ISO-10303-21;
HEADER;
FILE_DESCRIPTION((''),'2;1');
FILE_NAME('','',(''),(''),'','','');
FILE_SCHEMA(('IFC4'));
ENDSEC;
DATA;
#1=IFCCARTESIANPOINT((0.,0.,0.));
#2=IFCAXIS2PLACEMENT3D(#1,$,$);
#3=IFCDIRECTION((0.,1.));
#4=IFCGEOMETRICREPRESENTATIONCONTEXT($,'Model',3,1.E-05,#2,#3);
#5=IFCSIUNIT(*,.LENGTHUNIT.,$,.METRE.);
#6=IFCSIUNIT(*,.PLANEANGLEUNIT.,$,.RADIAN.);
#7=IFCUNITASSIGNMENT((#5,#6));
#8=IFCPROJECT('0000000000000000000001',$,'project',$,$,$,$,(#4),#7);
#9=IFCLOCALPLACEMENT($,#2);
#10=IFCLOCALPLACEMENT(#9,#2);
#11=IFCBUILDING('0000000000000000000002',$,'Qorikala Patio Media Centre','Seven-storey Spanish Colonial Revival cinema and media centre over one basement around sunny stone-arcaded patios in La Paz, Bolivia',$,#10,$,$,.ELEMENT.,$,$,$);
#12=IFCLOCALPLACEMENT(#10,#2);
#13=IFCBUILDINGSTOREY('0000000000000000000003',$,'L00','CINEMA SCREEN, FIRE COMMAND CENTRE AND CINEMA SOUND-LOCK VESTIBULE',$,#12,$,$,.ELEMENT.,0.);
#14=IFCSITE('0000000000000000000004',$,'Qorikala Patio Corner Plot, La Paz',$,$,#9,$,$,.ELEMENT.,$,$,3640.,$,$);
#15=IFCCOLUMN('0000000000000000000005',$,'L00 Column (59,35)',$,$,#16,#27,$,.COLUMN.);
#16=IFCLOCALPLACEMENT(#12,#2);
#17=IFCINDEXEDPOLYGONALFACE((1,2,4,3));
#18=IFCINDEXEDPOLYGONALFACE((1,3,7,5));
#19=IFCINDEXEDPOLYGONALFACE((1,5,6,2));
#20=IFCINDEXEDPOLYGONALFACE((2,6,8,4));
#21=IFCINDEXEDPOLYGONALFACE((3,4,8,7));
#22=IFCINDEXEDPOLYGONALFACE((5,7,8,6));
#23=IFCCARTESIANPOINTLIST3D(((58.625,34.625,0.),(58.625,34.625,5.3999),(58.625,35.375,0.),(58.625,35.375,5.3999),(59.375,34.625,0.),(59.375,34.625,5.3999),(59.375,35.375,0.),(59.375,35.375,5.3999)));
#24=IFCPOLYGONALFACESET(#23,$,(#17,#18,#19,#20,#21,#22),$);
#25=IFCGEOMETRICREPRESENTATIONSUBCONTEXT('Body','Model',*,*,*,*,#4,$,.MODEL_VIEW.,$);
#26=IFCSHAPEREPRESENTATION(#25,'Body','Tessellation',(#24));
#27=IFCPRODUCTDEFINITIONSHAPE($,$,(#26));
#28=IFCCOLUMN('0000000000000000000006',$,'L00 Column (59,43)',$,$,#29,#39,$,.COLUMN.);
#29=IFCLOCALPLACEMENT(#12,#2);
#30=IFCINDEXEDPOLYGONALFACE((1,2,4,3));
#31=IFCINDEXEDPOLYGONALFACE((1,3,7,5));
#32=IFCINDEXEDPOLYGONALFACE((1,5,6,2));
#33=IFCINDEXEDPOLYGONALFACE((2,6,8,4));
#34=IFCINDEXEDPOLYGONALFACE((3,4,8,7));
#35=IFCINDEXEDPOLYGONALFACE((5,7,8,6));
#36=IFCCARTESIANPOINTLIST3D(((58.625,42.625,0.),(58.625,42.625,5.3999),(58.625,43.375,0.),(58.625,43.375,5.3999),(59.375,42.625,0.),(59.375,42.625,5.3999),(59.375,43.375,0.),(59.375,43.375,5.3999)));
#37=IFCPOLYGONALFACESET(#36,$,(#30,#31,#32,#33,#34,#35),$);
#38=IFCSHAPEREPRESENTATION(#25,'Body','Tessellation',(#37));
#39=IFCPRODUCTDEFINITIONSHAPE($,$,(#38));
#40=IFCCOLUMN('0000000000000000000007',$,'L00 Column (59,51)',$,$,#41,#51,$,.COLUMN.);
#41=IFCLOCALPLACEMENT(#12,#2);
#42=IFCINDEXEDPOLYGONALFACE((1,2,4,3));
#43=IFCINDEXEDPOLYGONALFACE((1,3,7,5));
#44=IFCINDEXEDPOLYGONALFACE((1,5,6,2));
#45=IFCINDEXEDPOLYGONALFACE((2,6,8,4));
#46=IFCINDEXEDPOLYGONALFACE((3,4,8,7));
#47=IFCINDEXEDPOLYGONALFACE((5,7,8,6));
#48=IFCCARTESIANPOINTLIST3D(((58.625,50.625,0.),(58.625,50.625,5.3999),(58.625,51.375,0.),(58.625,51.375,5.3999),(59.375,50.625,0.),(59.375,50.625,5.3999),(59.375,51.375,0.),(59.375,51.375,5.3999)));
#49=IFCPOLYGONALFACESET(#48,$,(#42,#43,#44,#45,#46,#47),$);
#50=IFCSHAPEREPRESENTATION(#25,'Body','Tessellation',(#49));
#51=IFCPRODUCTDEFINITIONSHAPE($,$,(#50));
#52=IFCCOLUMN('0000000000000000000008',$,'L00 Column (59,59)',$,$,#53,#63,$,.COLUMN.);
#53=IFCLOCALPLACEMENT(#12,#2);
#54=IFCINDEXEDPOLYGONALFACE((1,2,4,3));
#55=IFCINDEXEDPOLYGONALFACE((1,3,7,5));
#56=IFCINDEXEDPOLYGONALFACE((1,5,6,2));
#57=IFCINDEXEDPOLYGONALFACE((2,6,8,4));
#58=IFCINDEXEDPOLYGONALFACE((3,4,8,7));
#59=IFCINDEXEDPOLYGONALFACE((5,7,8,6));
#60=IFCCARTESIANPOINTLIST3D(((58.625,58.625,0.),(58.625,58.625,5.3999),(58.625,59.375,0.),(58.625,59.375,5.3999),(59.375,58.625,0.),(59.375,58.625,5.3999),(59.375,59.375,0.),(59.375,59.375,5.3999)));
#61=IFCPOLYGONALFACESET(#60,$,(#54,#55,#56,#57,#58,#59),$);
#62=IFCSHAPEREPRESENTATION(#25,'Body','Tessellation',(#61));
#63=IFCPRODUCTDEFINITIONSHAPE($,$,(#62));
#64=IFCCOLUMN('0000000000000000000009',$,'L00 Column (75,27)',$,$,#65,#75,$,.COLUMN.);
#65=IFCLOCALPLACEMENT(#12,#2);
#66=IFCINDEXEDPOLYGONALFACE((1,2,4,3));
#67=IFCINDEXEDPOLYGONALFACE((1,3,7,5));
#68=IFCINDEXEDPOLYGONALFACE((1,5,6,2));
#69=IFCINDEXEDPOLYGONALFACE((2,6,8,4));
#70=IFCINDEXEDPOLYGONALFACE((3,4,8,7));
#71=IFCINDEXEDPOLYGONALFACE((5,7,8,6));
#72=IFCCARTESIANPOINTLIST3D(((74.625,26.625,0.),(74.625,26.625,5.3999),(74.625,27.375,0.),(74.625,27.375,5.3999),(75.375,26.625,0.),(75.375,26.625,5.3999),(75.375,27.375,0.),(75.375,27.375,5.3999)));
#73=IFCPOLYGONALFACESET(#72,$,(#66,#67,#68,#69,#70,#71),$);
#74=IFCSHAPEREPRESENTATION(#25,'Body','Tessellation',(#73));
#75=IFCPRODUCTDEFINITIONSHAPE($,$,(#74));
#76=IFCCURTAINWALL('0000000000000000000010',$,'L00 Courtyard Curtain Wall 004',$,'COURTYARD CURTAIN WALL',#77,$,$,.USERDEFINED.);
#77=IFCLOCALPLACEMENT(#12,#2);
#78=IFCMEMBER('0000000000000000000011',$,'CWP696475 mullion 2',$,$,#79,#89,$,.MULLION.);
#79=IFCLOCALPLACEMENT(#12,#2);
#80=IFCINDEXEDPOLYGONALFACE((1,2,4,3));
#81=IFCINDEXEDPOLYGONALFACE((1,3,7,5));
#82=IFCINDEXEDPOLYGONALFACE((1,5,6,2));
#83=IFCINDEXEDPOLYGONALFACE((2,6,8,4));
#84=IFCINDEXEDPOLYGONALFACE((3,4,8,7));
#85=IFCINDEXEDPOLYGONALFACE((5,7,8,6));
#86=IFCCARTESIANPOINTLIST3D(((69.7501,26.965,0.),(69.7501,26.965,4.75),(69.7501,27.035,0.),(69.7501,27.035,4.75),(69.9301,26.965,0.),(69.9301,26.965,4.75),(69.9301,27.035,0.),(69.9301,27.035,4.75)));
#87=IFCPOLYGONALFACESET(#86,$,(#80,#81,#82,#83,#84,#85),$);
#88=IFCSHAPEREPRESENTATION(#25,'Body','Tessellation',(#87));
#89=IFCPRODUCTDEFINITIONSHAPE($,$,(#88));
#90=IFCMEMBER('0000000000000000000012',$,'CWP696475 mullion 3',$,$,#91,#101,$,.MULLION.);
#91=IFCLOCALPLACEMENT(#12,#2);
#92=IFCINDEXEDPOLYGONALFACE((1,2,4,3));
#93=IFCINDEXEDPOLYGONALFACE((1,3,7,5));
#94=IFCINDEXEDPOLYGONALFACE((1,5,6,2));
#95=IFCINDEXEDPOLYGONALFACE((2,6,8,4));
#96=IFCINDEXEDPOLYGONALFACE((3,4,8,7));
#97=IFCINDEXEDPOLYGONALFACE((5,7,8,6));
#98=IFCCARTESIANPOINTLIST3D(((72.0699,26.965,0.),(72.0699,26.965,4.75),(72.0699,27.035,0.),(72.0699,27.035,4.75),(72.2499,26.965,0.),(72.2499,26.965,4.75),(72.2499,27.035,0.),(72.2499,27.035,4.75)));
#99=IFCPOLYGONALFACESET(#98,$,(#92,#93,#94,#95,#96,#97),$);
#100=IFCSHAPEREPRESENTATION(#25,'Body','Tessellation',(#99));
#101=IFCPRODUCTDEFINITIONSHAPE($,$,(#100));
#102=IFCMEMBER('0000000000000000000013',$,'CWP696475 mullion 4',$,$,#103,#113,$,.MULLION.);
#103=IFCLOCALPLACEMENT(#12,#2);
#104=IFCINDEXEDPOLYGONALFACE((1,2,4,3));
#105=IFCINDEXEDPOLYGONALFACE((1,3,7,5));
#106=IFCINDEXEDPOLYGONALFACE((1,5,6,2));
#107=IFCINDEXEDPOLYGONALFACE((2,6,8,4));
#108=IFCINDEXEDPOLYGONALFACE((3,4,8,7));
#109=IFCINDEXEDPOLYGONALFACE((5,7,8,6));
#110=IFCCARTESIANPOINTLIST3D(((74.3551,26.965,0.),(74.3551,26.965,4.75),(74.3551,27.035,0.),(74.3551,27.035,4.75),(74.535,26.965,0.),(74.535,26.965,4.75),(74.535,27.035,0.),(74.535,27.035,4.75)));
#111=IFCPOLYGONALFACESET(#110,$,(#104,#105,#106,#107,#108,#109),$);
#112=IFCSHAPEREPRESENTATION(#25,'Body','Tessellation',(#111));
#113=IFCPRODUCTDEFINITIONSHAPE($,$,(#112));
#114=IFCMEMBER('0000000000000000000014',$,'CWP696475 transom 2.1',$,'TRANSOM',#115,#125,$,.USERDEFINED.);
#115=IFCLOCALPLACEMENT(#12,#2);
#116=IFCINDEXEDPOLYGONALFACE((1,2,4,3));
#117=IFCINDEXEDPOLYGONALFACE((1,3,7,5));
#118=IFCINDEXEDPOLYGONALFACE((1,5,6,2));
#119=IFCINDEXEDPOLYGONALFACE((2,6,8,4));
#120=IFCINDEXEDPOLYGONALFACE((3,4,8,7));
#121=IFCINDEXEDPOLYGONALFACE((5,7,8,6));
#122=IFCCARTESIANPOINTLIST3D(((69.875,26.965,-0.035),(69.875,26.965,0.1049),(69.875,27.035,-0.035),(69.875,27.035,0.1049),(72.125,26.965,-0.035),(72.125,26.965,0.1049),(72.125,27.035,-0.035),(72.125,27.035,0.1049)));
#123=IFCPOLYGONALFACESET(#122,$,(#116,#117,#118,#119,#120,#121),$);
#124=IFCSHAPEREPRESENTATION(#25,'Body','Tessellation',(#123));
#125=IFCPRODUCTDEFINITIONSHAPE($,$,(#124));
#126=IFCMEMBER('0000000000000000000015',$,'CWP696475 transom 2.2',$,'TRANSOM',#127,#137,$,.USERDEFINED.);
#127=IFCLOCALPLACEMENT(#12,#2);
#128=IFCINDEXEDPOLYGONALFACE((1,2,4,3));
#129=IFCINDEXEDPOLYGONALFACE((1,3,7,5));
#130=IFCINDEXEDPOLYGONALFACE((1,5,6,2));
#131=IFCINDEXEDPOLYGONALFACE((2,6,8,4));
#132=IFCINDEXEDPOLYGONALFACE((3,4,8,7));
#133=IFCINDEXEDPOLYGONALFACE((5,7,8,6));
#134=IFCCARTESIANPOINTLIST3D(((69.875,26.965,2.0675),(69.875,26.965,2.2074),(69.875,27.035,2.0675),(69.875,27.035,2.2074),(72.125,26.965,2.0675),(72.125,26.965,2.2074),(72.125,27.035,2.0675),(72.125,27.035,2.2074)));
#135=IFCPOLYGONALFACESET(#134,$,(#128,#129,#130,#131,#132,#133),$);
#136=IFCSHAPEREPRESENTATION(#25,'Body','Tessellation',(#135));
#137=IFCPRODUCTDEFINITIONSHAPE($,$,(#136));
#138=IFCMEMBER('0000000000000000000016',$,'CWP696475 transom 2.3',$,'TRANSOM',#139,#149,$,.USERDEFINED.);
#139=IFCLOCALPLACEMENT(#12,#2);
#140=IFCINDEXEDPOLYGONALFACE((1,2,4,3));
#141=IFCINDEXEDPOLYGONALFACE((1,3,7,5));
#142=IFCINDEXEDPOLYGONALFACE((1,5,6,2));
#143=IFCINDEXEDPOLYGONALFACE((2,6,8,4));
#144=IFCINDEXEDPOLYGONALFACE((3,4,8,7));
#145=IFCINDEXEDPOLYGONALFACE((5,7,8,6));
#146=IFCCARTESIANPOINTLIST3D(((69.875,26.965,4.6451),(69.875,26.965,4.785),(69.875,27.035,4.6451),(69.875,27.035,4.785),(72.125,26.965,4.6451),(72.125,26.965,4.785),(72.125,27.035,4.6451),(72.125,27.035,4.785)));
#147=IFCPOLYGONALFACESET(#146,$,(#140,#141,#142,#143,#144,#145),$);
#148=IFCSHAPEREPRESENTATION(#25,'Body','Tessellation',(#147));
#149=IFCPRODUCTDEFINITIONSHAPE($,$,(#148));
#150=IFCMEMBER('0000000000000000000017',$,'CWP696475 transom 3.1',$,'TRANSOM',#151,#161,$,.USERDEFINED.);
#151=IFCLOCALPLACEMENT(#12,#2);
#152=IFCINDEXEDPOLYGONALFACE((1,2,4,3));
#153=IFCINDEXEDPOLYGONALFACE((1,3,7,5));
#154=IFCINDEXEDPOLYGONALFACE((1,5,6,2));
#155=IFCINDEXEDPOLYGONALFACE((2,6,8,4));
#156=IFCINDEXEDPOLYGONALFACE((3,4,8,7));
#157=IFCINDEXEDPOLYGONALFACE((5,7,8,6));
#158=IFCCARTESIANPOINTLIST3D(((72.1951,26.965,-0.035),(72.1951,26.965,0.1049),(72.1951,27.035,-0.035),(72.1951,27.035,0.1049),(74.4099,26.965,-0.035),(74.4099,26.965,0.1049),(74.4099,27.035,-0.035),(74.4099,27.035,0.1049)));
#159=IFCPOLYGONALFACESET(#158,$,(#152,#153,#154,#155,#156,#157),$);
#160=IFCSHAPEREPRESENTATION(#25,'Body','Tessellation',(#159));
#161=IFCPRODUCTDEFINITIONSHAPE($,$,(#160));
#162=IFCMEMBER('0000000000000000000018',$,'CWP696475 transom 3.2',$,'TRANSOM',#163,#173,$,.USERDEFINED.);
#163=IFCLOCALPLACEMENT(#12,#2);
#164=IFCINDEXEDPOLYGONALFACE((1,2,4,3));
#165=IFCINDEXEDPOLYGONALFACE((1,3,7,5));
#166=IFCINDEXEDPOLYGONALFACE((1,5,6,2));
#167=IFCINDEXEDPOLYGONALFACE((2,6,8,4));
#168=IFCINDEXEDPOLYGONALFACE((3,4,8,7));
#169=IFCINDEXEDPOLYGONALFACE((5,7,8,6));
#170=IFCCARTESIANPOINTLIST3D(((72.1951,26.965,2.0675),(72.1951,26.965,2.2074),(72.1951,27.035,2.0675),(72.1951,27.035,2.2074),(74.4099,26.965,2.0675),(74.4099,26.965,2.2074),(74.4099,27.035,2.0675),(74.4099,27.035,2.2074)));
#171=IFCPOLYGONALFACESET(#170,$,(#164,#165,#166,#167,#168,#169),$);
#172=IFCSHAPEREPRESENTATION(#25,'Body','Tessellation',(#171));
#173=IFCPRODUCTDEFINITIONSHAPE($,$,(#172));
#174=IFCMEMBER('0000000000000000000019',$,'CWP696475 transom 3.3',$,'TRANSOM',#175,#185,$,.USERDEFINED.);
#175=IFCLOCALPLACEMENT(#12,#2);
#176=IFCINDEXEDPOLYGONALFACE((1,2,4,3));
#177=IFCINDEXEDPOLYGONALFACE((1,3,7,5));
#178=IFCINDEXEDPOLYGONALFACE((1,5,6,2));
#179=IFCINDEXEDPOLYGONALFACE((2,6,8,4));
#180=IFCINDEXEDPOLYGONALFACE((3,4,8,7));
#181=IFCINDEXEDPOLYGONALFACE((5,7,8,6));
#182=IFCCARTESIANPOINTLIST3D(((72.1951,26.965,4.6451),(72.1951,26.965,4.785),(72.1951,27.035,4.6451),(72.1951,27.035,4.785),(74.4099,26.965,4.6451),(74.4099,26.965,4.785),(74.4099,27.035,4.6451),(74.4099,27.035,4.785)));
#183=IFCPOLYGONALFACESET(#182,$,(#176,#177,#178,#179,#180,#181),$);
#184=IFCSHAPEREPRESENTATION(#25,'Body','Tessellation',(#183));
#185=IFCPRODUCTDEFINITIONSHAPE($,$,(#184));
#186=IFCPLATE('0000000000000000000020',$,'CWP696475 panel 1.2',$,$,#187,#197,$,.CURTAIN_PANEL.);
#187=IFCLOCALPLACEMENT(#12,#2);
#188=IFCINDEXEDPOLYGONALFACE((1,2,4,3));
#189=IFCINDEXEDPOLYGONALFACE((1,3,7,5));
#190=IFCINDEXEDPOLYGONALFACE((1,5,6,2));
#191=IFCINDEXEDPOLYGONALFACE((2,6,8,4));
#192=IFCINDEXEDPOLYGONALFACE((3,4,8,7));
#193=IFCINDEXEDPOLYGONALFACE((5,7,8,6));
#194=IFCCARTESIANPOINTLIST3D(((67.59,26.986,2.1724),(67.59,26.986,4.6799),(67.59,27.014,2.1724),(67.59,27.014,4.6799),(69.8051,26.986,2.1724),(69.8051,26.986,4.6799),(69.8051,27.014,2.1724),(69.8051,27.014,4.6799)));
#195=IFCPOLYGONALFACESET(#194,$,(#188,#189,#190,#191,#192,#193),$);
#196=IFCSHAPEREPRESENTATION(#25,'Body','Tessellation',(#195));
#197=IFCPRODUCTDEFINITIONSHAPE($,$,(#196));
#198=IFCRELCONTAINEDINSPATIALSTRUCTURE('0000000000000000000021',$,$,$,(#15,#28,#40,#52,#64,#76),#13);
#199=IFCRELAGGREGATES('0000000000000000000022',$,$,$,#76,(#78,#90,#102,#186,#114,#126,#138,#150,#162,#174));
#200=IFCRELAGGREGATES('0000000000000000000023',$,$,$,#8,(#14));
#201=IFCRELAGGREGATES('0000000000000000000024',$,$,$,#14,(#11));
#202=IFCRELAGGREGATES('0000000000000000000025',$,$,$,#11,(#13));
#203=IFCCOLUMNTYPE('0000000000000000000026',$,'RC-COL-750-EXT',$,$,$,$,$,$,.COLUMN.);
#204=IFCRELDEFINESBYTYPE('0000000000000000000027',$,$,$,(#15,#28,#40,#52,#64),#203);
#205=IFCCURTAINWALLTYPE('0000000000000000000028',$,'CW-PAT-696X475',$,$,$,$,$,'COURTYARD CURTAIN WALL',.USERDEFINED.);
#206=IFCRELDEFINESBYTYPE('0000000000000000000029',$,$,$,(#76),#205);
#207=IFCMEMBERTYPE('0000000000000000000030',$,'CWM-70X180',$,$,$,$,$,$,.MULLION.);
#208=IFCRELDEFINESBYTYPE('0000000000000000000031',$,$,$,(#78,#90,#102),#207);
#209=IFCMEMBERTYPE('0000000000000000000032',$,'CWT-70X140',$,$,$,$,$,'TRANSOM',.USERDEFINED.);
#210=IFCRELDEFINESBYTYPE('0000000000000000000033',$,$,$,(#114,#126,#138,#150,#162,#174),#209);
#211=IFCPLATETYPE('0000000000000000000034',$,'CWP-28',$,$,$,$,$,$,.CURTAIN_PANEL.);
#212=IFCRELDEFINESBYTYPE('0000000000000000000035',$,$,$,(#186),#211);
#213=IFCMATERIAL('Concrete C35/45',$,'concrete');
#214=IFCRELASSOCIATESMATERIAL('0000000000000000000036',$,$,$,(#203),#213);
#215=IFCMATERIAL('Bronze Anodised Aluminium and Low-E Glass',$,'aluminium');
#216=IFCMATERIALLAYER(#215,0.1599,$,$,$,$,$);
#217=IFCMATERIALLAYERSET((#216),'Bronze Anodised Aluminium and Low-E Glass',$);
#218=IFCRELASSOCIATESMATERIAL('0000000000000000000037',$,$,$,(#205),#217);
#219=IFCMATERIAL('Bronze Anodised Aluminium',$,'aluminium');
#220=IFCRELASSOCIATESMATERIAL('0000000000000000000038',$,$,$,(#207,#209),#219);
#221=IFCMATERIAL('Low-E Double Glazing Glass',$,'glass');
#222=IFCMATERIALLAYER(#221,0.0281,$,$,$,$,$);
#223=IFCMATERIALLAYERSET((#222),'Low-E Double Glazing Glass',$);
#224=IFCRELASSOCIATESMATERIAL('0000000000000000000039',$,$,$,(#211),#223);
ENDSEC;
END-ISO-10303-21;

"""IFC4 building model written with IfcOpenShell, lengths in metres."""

from ifc_helpers import new_model, si_unit, direction, frame, origin, origin_2d, place, context, subcontext, project, spatial, rectangle, extrude, material, layer, layer_set, material_profile, profile_set, type_object, element, aggregate, save


model = new_model("IFC4")

# Units and contexts
model_context = context("Model", 3, precision=1e-05, world=origin(), true_north=direction((0.0, 1.0)))
body_context = subcontext(model_context, "Body", "Model", "MODEL_VIEW")
ifc_project = project(units=[si_unit("LENGTHUNIT", "METRE"), si_unit("PLANEANGLEUNIT", "RADIAN")], contexts=[model_context])

# Site, building, storey
site_placement = place(None, origin())
site = spatial("IfcSite", under=ifc_project, at=site_placement, Name="Qorikala Patio Corner Plot, La Paz", CompositionType="ELEMENT", RefElevation=3640.0)
building_placement = place(site_placement, origin())
building = spatial("IfcBuilding", under=site, at=building_placement, Name="Qorikala Patio Media Centre", Description="Seven-storey Spanish Colonial Revival cinema and media centre over one basement around sunny stone-arcaded patios in La Paz, Bolivia", CompositionType="ELEMENT")
storey_placement = place(building_placement, origin())
storey = spatial("IfcBuildingStorey", under=building, at=storey_placement, Name="L00", Description="CINEMA SCREEN, FIRE COMMAND CENTRE AND CINEMA SOUND-LOCK VESTIBULE", CompositionType="ELEMENT", Elevation=0.0)

# Columns
ifc_material_1 = material(Name="Concrete C35/45", Category="concrete")
ifc_material_profile_1 = material_profile(ifc_material_1, rectangle(XDim=0.75, YDim=0.75, at=origin_2d()), Name="RC 750x750")
ifc_profile_set_1 = profile_set([ifc_material_profile_1], Name="Concrete C35/45")
column_type = type_object("IfcColumnType", Name="RC-COL-750-EXT", PredefinedType="COLUMN", material=ifc_profile_set_1)
for number, where, z_axis, x_axis, name in (
    (1, (59.0, 35.0, 0.0), (0.0, 0.0, 1.0), (1.0, 0.0, 0.0), "L00 Column (59,35)"),
    (2, (59.0, 43.0, 0.0), (0.0, 0.0, 1.0), (1.0, 0.0, 0.0), "L00 Column (59,43)"),
    (3, (59.0, 51.0, 0.0), (0.0, 0.0, 1.0), (1.0, 0.0, 0.0), "L00 Column (59,51)"),
    (4, (59.0, 59.0, 0.0), (0.0, 0.0, 1.0), (1.0, 0.0, 0.0), "L00 Column (59,59)"),
    (5, (75.0, 27.0, 0.0), (0.0, 0.0, 1.0), (1.0, 0.0, 0.0), "L00 Column (75,27)"),
):
    element("IfcColumn", number, at=place(storey_placement, frame(where, z_axis=z_axis, x_axis=x_axis)), inside=storey, type_object=column_type, Name=name, PredefinedType="COLUMN", context=body_context, shape_type="SweptSolid", body=[
        extrude(rectangle(XDim=0.75, YDim=0.75, at=origin_2d()), origin(), (0.0, 0.0, 1.0), 5.3999),
    ])

# Curtain wall, members, plate
ifc_material_2 = material(Name="Bronze Anodised Aluminium and Low-E Glass", Category="aluminium")
ifc_layer_1 = layer(ifc_material_2, 0.1599)
ifc_layer_set_1 = layer_set([ifc_layer_1], Name="Bronze Anodised Aluminium and Low-E Glass")
curtain_wall_type = type_object("IfcCurtainWallType", Name="CW-PAT-696X475", ElementType="COURTYARD CURTAIN WALL", PredefinedType="USERDEFINED", material=ifc_layer_set_1)
curtain_wall_placement = place(storey_placement, origin())
curtain_wall = element("IfcCurtainWall", 6, at=curtain_wall_placement, inside=storey, type_object=curtain_wall_type, Name="L00 Courtyard Curtain Wall 004", ObjectType="COURTYARD CURTAIN WALL", PredefinedType="USERDEFINED")
ifc_material_3 = material(Name="Bronze Anodised Aluminium", Category="aluminium")
ifc_material_profile_2 = material_profile(ifc_material_3, rectangle(XDim=0.0701, YDim=0.1799, at=origin_2d()), Name="ALU MULLION 70x180")
ifc_profile_set_2 = profile_set([ifc_material_profile_2], Name="Bronze Anodised Aluminium")
member_type_1 = type_object("IfcMemberType", Name="CWM-70X180", PredefinedType="MULLION", material=ifc_profile_set_2)
member_1_placement = place(storey_placement, frame((69.8401, 27.0, 0.0), z_axis=(0.0, 0.0, 1.0), x_axis=(0.0, 1.0, 0.0)))
member_1 = element("IfcMember", 7, at=member_1_placement, type_object=member_type_1, Name="CWP696475 mullion 2", PredefinedType="MULLION", context=body_context, shape_type="SweptSolid", body=[
    extrude(rectangle(XDim=0.0701, YDim=0.1799, at=origin_2d()), origin(), (0.0, 0.0, 1.0), 4.75),
])
member_2_placement = place(storey_placement, frame((72.1599, 27.0, 0.0), z_axis=(0.0, 0.0, 1.0), x_axis=(0.0, 1.0, 0.0)))
member_2 = element("IfcMember", 8, at=member_2_placement, type_object=member_type_1, Name="CWP696475 mullion 3", PredefinedType="MULLION", context=body_context, shape_type="SweptSolid", body=[
    extrude(rectangle(XDim=0.0701, YDim=0.1799, at=origin_2d()), origin(), (0.0, 0.0, 1.0), 4.75),
])
member_3_placement = place(storey_placement, frame((74.4451, 27.0, 0.0), z_axis=(0.0, 0.0, 1.0), x_axis=(0.0, 1.0, 0.0)))
member_3 = element("IfcMember", 9, at=member_3_placement, type_object=member_type_1, Name="CWP696475 mullion 4", PredefinedType="MULLION", context=body_context, shape_type="SweptSolid", body=[
    extrude(rectangle(XDim=0.0701, YDim=0.1799, at=origin_2d()), origin(), (0.0, 0.0, 1.0), 4.75),
])
ifc_material_profile_3 = material_profile(ifc_material_3, rectangle(XDim=0.0701, YDim=0.1399, at=origin_2d()), Name="ALU TRANSOM 70x140")
ifc_profile_set_3 = profile_set([ifc_material_profile_3], Name="Bronze Anodised Aluminium")
member_type_2 = type_object("IfcMemberType", Name="CWT-70X140", ElementType="TRANSOM", PredefinedType="USERDEFINED", material=ifc_profile_set_3)
member_4_placement = place(storey_placement, frame((69.875, 27.0, 0.0349), z_axis=(1.0, 0.0, 0.0), x_axis=(0.0, 1.0, 0.0)))
member_4 = element("IfcMember", 10, at=member_4_placement, type_object=member_type_2, Name="CWP696475 transom 2.1", ObjectType="TRANSOM", PredefinedType="USERDEFINED", context=body_context, shape_type="SweptSolid", body=[
    extrude(rectangle(XDim=0.0701, YDim=0.1399, at=origin_2d()), origin(), (0.0, 0.0, 1.0), 2.25),
])
member_5_placement = place(storey_placement, frame((69.875, 27.0, 2.1375), z_axis=(1.0, 0.0, 0.0), x_axis=(0.0, 1.0, 0.0)))
member_5 = element("IfcMember", 11, at=member_5_placement, type_object=member_type_2, Name="CWP696475 transom 2.2", ObjectType="TRANSOM", PredefinedType="USERDEFINED", context=body_context, shape_type="SweptSolid", body=[
    extrude(rectangle(XDim=0.0701, YDim=0.1399, at=origin_2d()), origin(), (0.0, 0.0, 1.0), 2.25),
])
member_6_placement = place(storey_placement, frame((69.875, 27.0, 4.7151), z_axis=(1.0, 0.0, 0.0), x_axis=(0.0, 1.0, 0.0)))
member_6 = element("IfcMember", 12, at=member_6_placement, type_object=member_type_2, Name="CWP696475 transom 2.3", ObjectType="TRANSOM", PredefinedType="USERDEFINED", context=body_context, shape_type="SweptSolid", body=[
    extrude(rectangle(XDim=0.0701, YDim=0.1399, at=origin_2d()), origin(), (0.0, 0.0, 1.0), 2.25),
])
member_7_placement = place(storey_placement, frame((72.1951, 27.0, 0.0349), z_axis=(1.0, 0.0, 0.0), x_axis=(0.0, 1.0, 0.0)))
member_7 = element("IfcMember", 13, at=member_7_placement, type_object=member_type_2, Name="CWP696475 transom 3.1", ObjectType="TRANSOM", PredefinedType="USERDEFINED", context=body_context, shape_type="SweptSolid", body=[
    extrude(rectangle(XDim=0.0701, YDim=0.1399, at=origin_2d()), origin(), (0.0, 0.0, 1.0), 2.2148),
])
member_8_placement = place(storey_placement, frame((72.1951, 27.0, 2.1375), z_axis=(1.0, 0.0, 0.0), x_axis=(0.0, 1.0, 0.0)))
member_8 = element("IfcMember", 14, at=member_8_placement, type_object=member_type_2, Name="CWP696475 transom 3.2", ObjectType="TRANSOM", PredefinedType="USERDEFINED", context=body_context, shape_type="SweptSolid", body=[
    extrude(rectangle(XDim=0.0701, YDim=0.1399, at=origin_2d()), origin(), (0.0, 0.0, 1.0), 2.2148),
])
member_9_placement = place(storey_placement, frame((72.1951, 27.0, 4.7151), z_axis=(1.0, 0.0, 0.0), x_axis=(0.0, 1.0, 0.0)))
member_9 = element("IfcMember", 15, at=member_9_placement, type_object=member_type_2, Name="CWP696475 transom 3.3", ObjectType="TRANSOM", PredefinedType="USERDEFINED", context=body_context, shape_type="SweptSolid", body=[
    extrude(rectangle(XDim=0.0701, YDim=0.1399, at=origin_2d()), origin(), (0.0, 0.0, 1.0), 2.2148),
])
ifc_material_4 = material(Name="Low-E Double Glazing Glass", Category="glass")
ifc_layer_2 = layer(ifc_material_4, 0.0281)
ifc_layer_set_2 = layer_set([ifc_layer_2], Name="Low-E Double Glazing Glass")
plate_type = type_object("IfcPlateType", Name="CWP-28", PredefinedType="CURTAIN_PANEL", material=ifc_layer_set_2)
plate_1_placement = place(storey_placement, frame((68.6975, 27.0, 2.1724), z_axis=(0.0, 0.0, 1.0), x_axis=(1.0, 0.0, 0.0)))
plate_1 = element("IfcPlate", 16, at=plate_1_placement, type_object=plate_type, Name="CWP696475 panel 1.2", PredefinedType="CURTAIN_PANEL", context=body_context, shape_type="SweptSolid", body=[
    extrude(rectangle(XDim=2.2151, YDim=0.0281, at=origin_2d()), origin(), (0.0, 0.0, 1.0), 2.5076),
])
aggregate(curtain_wall, [member_1, member_2, member_3, plate_1, member_4, member_5, member_6, member_7, member_8, member_9])

save(model, "model.ifc")
